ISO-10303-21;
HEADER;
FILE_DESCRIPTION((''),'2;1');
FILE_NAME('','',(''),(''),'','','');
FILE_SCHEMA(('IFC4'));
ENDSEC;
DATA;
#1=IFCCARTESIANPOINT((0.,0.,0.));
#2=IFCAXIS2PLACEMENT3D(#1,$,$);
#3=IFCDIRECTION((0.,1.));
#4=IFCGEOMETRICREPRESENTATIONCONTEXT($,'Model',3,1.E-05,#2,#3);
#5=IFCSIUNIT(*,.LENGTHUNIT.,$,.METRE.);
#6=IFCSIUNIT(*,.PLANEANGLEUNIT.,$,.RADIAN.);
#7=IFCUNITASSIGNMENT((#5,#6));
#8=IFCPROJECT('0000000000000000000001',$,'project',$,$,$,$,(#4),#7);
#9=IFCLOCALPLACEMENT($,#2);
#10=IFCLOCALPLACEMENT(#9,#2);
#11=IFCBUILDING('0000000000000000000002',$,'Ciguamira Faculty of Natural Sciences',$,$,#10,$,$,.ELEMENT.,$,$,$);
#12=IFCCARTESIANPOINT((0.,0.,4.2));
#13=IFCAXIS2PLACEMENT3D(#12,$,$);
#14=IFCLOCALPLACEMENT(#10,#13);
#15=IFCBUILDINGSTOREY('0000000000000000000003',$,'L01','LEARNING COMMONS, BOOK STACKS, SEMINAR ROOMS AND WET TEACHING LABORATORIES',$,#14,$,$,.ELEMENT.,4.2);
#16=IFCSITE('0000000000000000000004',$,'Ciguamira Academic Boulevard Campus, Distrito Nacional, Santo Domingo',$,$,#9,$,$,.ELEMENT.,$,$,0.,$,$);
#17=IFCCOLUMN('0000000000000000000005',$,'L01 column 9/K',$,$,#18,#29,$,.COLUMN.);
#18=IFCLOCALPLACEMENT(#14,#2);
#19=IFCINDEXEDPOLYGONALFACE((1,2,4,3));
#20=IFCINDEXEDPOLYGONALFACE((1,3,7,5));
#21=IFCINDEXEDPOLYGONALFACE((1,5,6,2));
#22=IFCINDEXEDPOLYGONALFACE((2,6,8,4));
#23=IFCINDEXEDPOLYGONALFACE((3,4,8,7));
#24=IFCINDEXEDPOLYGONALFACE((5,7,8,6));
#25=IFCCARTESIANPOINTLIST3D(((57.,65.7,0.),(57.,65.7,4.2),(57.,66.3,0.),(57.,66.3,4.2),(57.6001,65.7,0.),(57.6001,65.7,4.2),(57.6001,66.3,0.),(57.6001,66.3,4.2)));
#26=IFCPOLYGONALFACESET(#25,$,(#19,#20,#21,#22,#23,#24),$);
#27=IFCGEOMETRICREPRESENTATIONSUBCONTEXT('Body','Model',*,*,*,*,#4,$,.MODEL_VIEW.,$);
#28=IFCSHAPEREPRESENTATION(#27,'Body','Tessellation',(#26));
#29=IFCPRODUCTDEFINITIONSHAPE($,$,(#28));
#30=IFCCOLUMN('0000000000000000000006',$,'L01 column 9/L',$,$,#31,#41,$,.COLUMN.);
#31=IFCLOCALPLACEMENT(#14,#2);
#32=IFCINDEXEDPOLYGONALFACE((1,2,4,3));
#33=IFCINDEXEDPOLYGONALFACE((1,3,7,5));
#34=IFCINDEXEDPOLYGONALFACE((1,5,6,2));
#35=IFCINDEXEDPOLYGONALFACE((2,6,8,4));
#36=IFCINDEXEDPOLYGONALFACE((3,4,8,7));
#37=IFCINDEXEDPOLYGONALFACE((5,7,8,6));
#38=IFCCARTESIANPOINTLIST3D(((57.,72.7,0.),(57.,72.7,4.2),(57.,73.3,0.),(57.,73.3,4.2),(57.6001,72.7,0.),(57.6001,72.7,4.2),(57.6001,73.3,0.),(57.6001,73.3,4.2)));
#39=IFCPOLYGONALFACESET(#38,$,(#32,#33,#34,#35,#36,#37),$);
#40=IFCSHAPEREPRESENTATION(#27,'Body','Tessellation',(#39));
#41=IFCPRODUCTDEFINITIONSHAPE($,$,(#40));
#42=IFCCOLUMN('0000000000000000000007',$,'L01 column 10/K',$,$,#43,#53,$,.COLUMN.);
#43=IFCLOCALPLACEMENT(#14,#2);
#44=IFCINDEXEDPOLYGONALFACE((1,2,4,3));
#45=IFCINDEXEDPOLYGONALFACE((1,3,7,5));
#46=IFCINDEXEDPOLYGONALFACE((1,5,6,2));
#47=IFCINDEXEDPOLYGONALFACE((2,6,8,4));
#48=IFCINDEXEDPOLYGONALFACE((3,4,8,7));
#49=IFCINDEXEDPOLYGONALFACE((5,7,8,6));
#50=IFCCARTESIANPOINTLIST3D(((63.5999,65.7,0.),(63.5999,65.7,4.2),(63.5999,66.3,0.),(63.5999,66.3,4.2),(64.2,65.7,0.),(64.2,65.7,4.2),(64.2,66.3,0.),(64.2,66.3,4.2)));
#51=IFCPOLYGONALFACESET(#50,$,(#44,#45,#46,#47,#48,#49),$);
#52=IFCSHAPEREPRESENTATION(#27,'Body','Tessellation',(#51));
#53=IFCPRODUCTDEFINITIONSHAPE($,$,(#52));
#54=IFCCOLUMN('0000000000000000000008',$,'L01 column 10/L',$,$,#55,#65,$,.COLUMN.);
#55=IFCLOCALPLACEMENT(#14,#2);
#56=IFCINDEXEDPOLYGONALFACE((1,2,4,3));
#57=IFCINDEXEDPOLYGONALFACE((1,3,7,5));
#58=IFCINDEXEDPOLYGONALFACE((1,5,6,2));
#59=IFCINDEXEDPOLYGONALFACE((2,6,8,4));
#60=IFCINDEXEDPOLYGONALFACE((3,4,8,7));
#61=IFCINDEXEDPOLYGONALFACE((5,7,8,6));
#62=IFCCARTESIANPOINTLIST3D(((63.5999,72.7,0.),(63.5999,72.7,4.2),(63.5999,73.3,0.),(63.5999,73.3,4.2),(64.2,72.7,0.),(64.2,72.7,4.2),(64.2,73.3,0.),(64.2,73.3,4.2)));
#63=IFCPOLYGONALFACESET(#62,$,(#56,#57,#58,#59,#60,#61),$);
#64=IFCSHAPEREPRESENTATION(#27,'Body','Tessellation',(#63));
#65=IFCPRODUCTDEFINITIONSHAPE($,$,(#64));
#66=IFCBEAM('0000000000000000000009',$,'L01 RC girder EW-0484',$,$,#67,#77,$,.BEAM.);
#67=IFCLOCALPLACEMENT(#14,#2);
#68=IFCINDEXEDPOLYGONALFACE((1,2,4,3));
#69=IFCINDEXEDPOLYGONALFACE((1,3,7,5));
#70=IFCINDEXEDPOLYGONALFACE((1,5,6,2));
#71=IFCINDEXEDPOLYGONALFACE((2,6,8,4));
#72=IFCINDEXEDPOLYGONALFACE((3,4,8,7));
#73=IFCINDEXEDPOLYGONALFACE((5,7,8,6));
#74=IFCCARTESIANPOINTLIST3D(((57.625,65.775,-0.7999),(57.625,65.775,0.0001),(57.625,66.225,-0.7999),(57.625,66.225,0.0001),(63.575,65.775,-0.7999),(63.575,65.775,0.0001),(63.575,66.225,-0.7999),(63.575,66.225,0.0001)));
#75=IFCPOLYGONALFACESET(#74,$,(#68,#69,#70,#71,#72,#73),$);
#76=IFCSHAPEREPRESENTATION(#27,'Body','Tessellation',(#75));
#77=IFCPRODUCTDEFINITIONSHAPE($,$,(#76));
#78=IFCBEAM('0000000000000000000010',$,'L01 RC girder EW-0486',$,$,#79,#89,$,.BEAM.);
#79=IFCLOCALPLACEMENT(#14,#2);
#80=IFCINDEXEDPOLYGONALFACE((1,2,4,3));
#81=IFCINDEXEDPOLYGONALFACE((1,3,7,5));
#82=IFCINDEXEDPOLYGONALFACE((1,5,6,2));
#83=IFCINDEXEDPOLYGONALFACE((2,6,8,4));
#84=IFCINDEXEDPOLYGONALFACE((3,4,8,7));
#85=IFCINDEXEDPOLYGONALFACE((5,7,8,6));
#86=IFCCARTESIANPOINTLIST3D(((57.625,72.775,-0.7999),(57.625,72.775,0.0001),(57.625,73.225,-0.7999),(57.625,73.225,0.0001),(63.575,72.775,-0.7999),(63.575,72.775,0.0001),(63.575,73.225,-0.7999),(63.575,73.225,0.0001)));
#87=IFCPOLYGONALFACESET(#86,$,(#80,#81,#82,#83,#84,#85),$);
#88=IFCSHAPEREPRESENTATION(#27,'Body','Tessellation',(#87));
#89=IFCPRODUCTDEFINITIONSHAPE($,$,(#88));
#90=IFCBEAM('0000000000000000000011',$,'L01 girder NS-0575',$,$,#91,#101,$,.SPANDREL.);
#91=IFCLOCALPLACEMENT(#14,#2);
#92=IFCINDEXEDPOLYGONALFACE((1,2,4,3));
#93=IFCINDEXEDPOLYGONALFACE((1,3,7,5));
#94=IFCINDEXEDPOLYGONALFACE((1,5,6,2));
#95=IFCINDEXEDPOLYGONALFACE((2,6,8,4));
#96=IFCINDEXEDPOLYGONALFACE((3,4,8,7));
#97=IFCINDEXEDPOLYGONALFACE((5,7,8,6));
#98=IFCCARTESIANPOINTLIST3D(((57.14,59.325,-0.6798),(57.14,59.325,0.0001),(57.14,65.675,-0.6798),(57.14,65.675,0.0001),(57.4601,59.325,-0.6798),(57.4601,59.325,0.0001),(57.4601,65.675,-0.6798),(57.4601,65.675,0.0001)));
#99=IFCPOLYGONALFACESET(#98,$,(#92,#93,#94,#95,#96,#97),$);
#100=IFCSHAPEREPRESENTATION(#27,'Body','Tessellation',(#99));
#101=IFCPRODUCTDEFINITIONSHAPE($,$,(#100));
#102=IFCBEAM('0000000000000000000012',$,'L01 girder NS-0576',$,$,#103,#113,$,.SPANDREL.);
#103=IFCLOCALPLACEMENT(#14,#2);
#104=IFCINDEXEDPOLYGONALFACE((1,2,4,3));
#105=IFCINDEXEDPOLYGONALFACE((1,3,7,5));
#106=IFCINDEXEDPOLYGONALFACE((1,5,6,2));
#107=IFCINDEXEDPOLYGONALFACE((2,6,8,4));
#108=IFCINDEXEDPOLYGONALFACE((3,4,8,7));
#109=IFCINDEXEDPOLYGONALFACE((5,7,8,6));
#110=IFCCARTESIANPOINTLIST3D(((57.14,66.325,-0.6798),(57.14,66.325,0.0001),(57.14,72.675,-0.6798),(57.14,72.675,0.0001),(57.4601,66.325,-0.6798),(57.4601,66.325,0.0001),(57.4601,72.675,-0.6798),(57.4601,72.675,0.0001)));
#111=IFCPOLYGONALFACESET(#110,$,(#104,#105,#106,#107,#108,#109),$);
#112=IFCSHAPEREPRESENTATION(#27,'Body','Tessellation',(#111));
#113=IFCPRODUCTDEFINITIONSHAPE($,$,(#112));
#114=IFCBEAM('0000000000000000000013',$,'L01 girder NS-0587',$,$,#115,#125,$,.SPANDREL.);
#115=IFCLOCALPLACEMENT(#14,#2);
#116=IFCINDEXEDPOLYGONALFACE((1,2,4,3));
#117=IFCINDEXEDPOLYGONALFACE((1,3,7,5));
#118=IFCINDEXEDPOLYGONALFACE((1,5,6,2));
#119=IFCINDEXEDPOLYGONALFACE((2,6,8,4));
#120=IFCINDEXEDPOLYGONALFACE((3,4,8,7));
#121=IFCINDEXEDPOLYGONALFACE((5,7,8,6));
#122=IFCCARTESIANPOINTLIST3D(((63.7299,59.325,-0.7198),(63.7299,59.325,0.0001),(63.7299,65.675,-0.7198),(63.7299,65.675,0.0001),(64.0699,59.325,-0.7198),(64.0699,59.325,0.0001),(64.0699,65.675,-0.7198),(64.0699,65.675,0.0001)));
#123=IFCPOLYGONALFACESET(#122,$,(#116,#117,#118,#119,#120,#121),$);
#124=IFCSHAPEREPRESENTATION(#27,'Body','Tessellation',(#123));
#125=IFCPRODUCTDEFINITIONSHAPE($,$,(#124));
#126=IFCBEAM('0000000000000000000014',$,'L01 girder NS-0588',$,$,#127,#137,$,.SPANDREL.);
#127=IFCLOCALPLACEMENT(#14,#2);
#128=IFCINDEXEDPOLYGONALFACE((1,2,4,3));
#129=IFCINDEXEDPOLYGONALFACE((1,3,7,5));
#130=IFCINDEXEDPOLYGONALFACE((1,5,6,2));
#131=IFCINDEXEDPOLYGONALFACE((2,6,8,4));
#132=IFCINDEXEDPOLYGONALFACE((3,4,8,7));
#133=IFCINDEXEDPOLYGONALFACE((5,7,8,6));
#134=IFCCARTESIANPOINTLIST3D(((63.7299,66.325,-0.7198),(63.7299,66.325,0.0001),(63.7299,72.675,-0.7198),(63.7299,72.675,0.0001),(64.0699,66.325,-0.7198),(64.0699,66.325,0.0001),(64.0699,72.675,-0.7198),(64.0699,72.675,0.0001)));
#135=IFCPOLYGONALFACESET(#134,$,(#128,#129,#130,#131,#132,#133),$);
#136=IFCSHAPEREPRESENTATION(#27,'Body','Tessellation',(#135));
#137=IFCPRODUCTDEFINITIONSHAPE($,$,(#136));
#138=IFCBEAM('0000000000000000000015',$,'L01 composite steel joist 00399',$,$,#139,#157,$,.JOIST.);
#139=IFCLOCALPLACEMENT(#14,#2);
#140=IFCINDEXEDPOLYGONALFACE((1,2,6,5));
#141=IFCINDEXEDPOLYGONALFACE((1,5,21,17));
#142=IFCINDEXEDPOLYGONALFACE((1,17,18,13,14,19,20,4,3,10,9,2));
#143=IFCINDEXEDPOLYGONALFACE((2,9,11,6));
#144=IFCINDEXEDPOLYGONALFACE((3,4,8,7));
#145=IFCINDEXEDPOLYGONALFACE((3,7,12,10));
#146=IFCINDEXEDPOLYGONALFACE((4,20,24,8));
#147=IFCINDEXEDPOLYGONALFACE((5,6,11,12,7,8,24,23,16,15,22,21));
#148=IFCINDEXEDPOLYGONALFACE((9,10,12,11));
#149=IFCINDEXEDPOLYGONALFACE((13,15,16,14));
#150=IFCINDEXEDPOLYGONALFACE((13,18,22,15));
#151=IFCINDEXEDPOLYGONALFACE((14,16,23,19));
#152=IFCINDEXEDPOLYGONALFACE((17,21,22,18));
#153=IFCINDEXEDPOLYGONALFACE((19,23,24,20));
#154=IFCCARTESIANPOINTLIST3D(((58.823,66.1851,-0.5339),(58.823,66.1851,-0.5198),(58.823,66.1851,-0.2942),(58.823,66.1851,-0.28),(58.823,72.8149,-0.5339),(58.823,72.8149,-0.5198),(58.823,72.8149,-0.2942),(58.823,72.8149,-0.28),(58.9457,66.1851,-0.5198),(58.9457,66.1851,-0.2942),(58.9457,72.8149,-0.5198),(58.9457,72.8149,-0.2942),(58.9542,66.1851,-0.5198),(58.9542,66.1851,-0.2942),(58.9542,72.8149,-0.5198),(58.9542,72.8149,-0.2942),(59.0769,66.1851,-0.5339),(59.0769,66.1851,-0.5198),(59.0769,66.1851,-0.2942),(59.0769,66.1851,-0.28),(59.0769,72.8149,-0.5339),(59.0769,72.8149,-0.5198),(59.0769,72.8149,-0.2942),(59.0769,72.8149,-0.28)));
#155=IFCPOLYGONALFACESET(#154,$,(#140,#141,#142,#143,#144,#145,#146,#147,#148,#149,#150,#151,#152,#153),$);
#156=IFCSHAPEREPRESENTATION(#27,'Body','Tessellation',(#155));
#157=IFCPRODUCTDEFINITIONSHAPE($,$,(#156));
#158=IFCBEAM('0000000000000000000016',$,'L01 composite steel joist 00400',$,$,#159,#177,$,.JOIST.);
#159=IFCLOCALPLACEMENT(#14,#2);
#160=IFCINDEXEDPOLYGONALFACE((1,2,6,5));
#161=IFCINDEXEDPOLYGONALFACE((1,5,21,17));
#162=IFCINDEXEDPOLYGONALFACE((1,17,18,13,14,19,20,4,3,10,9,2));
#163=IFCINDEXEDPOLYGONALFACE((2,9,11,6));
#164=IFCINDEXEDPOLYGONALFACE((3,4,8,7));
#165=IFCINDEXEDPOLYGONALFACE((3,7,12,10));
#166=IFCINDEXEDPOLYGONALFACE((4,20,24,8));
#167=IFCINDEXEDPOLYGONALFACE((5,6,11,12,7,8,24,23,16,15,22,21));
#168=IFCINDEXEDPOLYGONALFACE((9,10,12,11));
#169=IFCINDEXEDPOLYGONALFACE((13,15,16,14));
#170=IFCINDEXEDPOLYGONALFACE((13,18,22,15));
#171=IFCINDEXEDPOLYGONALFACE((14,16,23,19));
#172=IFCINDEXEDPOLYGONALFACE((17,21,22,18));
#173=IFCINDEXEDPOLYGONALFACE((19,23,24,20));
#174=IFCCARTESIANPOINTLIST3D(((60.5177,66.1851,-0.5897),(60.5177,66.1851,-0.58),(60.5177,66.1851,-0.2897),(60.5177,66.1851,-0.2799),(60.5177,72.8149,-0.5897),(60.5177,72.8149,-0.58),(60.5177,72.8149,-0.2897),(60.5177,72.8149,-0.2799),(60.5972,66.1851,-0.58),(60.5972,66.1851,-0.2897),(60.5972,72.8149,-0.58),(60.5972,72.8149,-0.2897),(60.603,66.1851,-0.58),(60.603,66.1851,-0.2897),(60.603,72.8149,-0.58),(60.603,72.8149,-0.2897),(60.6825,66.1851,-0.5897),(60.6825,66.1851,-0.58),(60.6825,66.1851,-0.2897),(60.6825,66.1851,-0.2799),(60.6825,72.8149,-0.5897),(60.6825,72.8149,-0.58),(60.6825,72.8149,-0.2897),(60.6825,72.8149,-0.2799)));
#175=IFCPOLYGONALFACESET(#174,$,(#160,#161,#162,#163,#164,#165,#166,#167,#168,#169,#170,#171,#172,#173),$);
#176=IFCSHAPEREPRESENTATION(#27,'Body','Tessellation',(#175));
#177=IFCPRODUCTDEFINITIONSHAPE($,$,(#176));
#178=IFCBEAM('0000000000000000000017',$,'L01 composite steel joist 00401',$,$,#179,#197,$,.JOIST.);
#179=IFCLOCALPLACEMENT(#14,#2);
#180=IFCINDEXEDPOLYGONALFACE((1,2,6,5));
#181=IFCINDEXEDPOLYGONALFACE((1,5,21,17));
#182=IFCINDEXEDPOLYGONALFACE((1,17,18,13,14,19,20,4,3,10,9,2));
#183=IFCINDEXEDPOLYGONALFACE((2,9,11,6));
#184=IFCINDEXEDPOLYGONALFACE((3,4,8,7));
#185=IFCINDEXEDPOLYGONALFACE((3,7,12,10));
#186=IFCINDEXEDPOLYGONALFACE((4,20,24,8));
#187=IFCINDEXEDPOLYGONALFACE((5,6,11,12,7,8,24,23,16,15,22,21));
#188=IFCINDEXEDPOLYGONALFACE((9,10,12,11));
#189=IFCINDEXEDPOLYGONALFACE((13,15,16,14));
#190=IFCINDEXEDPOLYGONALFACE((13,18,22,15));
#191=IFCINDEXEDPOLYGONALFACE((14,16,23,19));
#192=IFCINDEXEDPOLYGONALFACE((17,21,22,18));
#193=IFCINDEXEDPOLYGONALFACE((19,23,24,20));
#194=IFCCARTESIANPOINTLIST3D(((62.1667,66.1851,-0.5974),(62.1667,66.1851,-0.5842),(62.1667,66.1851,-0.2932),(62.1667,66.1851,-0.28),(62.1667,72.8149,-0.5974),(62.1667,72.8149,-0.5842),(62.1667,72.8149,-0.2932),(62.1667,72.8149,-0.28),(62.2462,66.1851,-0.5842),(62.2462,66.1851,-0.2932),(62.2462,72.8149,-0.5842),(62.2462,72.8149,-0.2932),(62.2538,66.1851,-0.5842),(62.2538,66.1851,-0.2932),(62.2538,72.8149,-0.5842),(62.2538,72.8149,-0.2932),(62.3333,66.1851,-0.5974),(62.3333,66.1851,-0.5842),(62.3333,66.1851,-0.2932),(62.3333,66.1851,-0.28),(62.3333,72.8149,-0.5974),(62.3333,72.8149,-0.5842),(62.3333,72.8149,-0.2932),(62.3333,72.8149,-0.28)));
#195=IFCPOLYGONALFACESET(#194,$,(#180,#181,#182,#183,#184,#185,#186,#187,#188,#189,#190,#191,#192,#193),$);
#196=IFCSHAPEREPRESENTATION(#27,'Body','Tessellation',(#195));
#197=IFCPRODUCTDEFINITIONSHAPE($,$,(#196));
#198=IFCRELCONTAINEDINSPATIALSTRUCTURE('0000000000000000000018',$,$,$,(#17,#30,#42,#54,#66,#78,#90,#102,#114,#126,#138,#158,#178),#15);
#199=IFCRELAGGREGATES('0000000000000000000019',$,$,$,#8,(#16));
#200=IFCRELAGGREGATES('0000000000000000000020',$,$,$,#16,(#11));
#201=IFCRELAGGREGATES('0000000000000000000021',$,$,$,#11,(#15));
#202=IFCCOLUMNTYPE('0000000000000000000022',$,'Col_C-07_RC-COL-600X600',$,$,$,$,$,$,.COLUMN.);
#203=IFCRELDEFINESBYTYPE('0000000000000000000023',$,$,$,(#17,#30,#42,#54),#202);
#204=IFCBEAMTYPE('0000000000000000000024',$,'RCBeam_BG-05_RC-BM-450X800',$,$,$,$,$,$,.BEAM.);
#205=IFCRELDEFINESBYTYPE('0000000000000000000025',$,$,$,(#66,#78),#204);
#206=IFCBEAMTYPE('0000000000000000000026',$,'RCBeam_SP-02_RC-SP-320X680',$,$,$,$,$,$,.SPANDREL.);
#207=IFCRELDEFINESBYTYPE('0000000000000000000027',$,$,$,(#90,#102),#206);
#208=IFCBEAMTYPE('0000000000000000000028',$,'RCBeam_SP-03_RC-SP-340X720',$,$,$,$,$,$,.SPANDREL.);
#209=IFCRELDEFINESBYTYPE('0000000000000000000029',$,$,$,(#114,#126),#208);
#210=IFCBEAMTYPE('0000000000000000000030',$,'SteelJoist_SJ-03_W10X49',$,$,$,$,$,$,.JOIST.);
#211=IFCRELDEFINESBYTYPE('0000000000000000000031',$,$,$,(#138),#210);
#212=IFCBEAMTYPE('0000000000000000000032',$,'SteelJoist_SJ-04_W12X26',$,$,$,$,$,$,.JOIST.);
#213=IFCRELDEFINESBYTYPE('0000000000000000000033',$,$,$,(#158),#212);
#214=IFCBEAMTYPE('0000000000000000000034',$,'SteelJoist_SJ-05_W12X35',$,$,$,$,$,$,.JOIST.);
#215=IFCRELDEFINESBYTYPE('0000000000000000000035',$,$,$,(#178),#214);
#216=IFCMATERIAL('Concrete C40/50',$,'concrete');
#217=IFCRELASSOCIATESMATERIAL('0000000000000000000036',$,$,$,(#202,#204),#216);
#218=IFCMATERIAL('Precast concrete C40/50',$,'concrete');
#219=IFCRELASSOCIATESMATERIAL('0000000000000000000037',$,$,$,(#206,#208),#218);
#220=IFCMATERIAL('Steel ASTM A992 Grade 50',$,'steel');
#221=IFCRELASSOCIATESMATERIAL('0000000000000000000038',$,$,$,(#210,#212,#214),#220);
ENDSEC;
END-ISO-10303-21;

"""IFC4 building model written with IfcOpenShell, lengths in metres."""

from ifc_helpers import new_model, si_unit, direction, frame, origin, origin_2d, place, context, subcontext, project, spatial, rectangle, i_section, extrude, material, material_profile, profile_set, type_object, element, save


model = new_model("IFC4")

# Units and contexts
model_context = context("Model", 3, precision=1e-05, world=origin(), true_north=direction((0.0, 1.0)))
body_context = subcontext(model_context, "Body", "Model", "MODEL_VIEW")
ifc_project = project(units=[si_unit("LENGTHUNIT", "METRE"), si_unit("PLANEANGLEUNIT", "RADIAN")], contexts=[model_context])

# Site, building, storey
site_placement = place(None, origin())
site = spatial("IfcSite", under=ifc_project, at=site_placement, Name="Ciguamira Academic Boulevard Campus, Distrito Nacional, Santo Domingo", CompositionType="ELEMENT", RefElevation=0.0)
building_placement = place(site_placement, origin())
building = spatial("IfcBuilding", under=site, at=building_placement, Name="Ciguamira Faculty of Natural Sciences", CompositionType="ELEMENT")
storey_placement = place(building_placement, frame((0.0, 0.0, 4.2)))
storey = spatial("IfcBuildingStorey", under=building, at=storey_placement, Name="L01", Description="LEARNING COMMONS, BOOK STACKS, SEMINAR ROOMS AND WET TEACHING LABORATORIES", CompositionType="ELEMENT", Elevation=4.2)

# Columns
ifc_material_1 = material(Name="Concrete C40/50", Category="concrete")
ifc_material_profile_1 = material_profile(ifc_material_1, rectangle(XDim=0.6001, YDim=0.6001, at=origin_2d()), Name="RC-COL-600X600")
ifc_profile_set_1 = profile_set([ifc_material_profile_1], Name="Concrete C40/50")
column_type = type_object("IfcColumnType", Name="Col_C-07_RC-COL-600X600", PredefinedType="COLUMN", material=ifc_profile_set_1)
for number, where, z_axis, x_axis, name in (
    (1, (57.3, 66.0, 0.0), (0.0, 0.0, 1.0), (1.0, 0.0, 0.0), "L01 column 9/K"),
    (2, (57.3, 73.0, 0.0), (0.0, 0.0, 1.0), (1.0, 0.0, 0.0), "L01 column 9/L"),
    (3, (63.8999, 66.0, 0.0), (0.0, 0.0, 1.0), (1.0, 0.0, 0.0), "L01 column 10/K"),
    (4, (63.8999, 73.0, 0.0), (0.0, 0.0, 1.0), (1.0, 0.0, 0.0), "L01 column 10/L"),
):
    element("IfcColumn", number, at=place(storey_placement, frame(where, z_axis=z_axis, x_axis=x_axis)), inside=storey, type_object=column_type, Name=name, PredefinedType="COLUMN", context=body_context, shape_type="SweptSolid", body=[
        extrude(rectangle(XDim=0.6001, YDim=0.6001, at=origin_2d()), origin(), (0.0, 0.0, 1.0), 4.2),
    ])

# Beams
ifc_material_profile_2 = material_profile(ifc_material_1, rectangle(XDim=0.45, YDim=0.8, at=origin_2d()), Name="RC-BM-450X800")
ifc_profile_set_2 = profile_set([ifc_material_profile_2], Name="Concrete C40/50")
beam_type_1 = type_object("IfcBeamType", Name="RCBeam_BG-05_RC-BM-450X800", PredefinedType="BEAM", material=ifc_profile_set_2)
for number, where, z_axis, x_axis, name in (
    (5, (57.625, 66.0, -0.3999), (1.0, 0.0, 0.0), (0.0, 1.0, 0.0), "L01 RC girder EW-0484"),
    (6, (57.625, 73.0, -0.3999), (1.0, 0.0, 0.0), (0.0, 1.0, 0.0), "L01 RC girder EW-0486"),
):
    element("IfcBeam", number, at=place(storey_placement, frame(where, z_axis=z_axis, x_axis=x_axis)), inside=storey, type_object=beam_type_1, Name=name, PredefinedType="BEAM", context=body_context, shape_type="SweptSolid", body=[
        extrude(rectangle(XDim=0.45, YDim=0.8, at=origin_2d()), origin(), (0.0, 0.0, 1.0), 5.95),
    ])
ifc_material_2 = material(Name="Precast concrete C40/50", Category="concrete")
ifc_material_profile_3 = material_profile(ifc_material_2, rectangle(XDim=0.3201, YDim=0.6799, at=origin_2d()), Name="RC-SP-320X680")
ifc_profile_set_3 = profile_set([ifc_material_profile_3], Name="Precast concrete C40/50")
beam_type_2 = type_object("IfcBeamType", Name="RCBeam_SP-02_RC-SP-320X680", PredefinedType="SPANDREL", material=ifc_profile_set_3)
for number, where, z_axis, x_axis, name in (
    (7, (57.3, 59.325, -0.3398), (0.0, 1.0, 0.0), (-1.0, 0.0, 0.0), "L01 girder NS-0575"),
    (8, (57.3, 66.325, -0.3398), (0.0, 1.0, 0.0), (-1.0, 0.0, 0.0), "L01 girder NS-0576"),
):
    element("IfcBeam", number, at=place(storey_placement, frame(where, z_axis=z_axis, x_axis=x_axis)), inside=storey, type_object=beam_type_2, Name=name, PredefinedType="SPANDREL", context=body_context, shape_type="SweptSolid", body=[
        extrude(rectangle(XDim=0.3201, YDim=0.6799, at=origin_2d()), origin(), (0.0, 0.0, 1.0), 6.3501),
    ])
ifc_material_profile_4 = material_profile(ifc_material_2, rectangle(XDim=0.3401, YDim=0.72, at=origin_2d()), Name="RC-SP-340X720")
ifc_profile_set_4 = profile_set([ifc_material_profile_4], Name="Precast concrete C40/50")
beam_type_3 = type_object("IfcBeamType", Name="RCBeam_SP-03_RC-SP-340X720", PredefinedType="SPANDREL", material=ifc_profile_set_4)
for number, where, z_axis, x_axis, name in (
    (9, (63.8999, 59.325, -0.3599), (0.0, 1.0, 0.0), (-1.0, 0.0, 0.0), "L01 girder NS-0587"),
    (10, (63.8999, 66.325, -0.3599), (0.0, 1.0, 0.0), (-1.0, 0.0, 0.0), "L01 girder NS-0588"),
):
    element("IfcBeam", number, at=place(storey_placement, frame(where, z_axis=z_axis, x_axis=x_axis)), inside=storey, type_object=beam_type_3, Name=name, PredefinedType="SPANDREL", context=body_context, shape_type="SweptSolid", body=[
        extrude(rectangle(XDim=0.3401, YDim=0.72, at=origin_2d()), origin(), (0.0, 0.0, 1.0), 6.3501),
    ])
ifc_material_3 = material(Name="Steel ASTM A992 Grade 50", Category="steel")
ifc_material_profile_5 = material_profile(ifc_material_3, i_section(OverallWidth=0.2539, OverallDepth=0.2539, WebThickness=0.0085, FlangeThickness=0.0142, at=origin_2d()), Name="W10X49")
ifc_profile_set_5 = profile_set([ifc_material_profile_5], Name="Steel ASTM A992 Grade 50")
beam_type_4 = type_object("IfcBeamType", Name="SteelJoist_SJ-03_W10X49", PredefinedType="JOIST", material=ifc_profile_set_5)
beam_1_placement = place(storey_placement, frame((58.95, 66.1851, -0.407), z_axis=(0.0, 1.0, 0.0), x_axis=(-1.0, 0.0, 0.0)))
element("IfcBeam", 11, at=beam_1_placement, inside=storey, type_object=beam_type_4, Name="L01 composite steel joist 00399", PredefinedType="JOIST", context=body_context, shape_type="SweptSolid", body=[
    extrude(i_section(OverallWidth=0.2539, OverallDepth=0.2539, WebThickness=0.0085, FlangeThickness=0.0142, at=origin_2d()), origin(), (0.0, 0.0, 1.0), 6.6299),
])
ifc_material_profile_6 = material_profile(ifc_material_3, i_section(OverallWidth=0.1648, OverallDepth=0.3098, WebThickness=0.0059, FlangeThickness=0.0098, at=origin_2d()), Name="W12X26")
ifc_profile_set_6 = profile_set([ifc_material_profile_6], Name="Steel ASTM A992 Grade 50")
beam_type_5 = type_object("IfcBeamType", Name="SteelJoist_SJ-04_W12X26", PredefinedType="JOIST", material=ifc_profile_set_6)
beam_2_placement = place(storey_placement, frame((60.6001, 66.1851, -0.4348), z_axis=(0.0, 1.0, 0.0), x_axis=(-1.0, 0.0, 0.0)))
element("IfcBeam", 12, at=beam_2_placement, inside=storey, type_object=beam_type_5, Name="L01 composite steel joist 00400", PredefinedType="JOIST", context=body_context, shape_type="SweptSolid", body=[
    extrude(i_section(OverallWidth=0.1648, OverallDepth=0.3098, WebThickness=0.0059, FlangeThickness=0.0098, at=origin_2d()), origin(), (0.0, 0.0, 1.0), 6.6299),
])
ifc_material_profile_7 = material_profile(ifc_material_3, i_section(OverallWidth=0.1665, OverallDepth=0.3174, WebThickness=0.0076, FlangeThickness=0.0132, at=origin_2d()), Name="W12X35")
ifc_profile_set_7 = profile_set([ifc_material_profile_7], Name="Steel ASTM A992 Grade 50")
beam_type_6 = type_object("IfcBeamType", Name="SteelJoist_SJ-05_W12X35", PredefinedType="JOIST", material=ifc_profile_set_7)
beam_3_placement = place(storey_placement, frame((62.25, 66.1851, -0.4387), z_axis=(0.0, 1.0, 0.0), x_axis=(-1.0, 0.0, 0.0)))
element("IfcBeam", 13, at=beam_3_placement, inside=storey, type_object=beam_type_6, Name="L01 composite steel joist 00401", PredefinedType="JOIST", context=body_context, shape_type="SweptSolid", body=[
    extrude(i_section(OverallWidth=0.1665, OverallDepth=0.3174, WebThickness=0.0076, FlangeThickness=0.0132, at=origin_2d()), origin(), (0.0, 0.0, 1.0), 6.6299),
])

save(model, "model.ifc")
